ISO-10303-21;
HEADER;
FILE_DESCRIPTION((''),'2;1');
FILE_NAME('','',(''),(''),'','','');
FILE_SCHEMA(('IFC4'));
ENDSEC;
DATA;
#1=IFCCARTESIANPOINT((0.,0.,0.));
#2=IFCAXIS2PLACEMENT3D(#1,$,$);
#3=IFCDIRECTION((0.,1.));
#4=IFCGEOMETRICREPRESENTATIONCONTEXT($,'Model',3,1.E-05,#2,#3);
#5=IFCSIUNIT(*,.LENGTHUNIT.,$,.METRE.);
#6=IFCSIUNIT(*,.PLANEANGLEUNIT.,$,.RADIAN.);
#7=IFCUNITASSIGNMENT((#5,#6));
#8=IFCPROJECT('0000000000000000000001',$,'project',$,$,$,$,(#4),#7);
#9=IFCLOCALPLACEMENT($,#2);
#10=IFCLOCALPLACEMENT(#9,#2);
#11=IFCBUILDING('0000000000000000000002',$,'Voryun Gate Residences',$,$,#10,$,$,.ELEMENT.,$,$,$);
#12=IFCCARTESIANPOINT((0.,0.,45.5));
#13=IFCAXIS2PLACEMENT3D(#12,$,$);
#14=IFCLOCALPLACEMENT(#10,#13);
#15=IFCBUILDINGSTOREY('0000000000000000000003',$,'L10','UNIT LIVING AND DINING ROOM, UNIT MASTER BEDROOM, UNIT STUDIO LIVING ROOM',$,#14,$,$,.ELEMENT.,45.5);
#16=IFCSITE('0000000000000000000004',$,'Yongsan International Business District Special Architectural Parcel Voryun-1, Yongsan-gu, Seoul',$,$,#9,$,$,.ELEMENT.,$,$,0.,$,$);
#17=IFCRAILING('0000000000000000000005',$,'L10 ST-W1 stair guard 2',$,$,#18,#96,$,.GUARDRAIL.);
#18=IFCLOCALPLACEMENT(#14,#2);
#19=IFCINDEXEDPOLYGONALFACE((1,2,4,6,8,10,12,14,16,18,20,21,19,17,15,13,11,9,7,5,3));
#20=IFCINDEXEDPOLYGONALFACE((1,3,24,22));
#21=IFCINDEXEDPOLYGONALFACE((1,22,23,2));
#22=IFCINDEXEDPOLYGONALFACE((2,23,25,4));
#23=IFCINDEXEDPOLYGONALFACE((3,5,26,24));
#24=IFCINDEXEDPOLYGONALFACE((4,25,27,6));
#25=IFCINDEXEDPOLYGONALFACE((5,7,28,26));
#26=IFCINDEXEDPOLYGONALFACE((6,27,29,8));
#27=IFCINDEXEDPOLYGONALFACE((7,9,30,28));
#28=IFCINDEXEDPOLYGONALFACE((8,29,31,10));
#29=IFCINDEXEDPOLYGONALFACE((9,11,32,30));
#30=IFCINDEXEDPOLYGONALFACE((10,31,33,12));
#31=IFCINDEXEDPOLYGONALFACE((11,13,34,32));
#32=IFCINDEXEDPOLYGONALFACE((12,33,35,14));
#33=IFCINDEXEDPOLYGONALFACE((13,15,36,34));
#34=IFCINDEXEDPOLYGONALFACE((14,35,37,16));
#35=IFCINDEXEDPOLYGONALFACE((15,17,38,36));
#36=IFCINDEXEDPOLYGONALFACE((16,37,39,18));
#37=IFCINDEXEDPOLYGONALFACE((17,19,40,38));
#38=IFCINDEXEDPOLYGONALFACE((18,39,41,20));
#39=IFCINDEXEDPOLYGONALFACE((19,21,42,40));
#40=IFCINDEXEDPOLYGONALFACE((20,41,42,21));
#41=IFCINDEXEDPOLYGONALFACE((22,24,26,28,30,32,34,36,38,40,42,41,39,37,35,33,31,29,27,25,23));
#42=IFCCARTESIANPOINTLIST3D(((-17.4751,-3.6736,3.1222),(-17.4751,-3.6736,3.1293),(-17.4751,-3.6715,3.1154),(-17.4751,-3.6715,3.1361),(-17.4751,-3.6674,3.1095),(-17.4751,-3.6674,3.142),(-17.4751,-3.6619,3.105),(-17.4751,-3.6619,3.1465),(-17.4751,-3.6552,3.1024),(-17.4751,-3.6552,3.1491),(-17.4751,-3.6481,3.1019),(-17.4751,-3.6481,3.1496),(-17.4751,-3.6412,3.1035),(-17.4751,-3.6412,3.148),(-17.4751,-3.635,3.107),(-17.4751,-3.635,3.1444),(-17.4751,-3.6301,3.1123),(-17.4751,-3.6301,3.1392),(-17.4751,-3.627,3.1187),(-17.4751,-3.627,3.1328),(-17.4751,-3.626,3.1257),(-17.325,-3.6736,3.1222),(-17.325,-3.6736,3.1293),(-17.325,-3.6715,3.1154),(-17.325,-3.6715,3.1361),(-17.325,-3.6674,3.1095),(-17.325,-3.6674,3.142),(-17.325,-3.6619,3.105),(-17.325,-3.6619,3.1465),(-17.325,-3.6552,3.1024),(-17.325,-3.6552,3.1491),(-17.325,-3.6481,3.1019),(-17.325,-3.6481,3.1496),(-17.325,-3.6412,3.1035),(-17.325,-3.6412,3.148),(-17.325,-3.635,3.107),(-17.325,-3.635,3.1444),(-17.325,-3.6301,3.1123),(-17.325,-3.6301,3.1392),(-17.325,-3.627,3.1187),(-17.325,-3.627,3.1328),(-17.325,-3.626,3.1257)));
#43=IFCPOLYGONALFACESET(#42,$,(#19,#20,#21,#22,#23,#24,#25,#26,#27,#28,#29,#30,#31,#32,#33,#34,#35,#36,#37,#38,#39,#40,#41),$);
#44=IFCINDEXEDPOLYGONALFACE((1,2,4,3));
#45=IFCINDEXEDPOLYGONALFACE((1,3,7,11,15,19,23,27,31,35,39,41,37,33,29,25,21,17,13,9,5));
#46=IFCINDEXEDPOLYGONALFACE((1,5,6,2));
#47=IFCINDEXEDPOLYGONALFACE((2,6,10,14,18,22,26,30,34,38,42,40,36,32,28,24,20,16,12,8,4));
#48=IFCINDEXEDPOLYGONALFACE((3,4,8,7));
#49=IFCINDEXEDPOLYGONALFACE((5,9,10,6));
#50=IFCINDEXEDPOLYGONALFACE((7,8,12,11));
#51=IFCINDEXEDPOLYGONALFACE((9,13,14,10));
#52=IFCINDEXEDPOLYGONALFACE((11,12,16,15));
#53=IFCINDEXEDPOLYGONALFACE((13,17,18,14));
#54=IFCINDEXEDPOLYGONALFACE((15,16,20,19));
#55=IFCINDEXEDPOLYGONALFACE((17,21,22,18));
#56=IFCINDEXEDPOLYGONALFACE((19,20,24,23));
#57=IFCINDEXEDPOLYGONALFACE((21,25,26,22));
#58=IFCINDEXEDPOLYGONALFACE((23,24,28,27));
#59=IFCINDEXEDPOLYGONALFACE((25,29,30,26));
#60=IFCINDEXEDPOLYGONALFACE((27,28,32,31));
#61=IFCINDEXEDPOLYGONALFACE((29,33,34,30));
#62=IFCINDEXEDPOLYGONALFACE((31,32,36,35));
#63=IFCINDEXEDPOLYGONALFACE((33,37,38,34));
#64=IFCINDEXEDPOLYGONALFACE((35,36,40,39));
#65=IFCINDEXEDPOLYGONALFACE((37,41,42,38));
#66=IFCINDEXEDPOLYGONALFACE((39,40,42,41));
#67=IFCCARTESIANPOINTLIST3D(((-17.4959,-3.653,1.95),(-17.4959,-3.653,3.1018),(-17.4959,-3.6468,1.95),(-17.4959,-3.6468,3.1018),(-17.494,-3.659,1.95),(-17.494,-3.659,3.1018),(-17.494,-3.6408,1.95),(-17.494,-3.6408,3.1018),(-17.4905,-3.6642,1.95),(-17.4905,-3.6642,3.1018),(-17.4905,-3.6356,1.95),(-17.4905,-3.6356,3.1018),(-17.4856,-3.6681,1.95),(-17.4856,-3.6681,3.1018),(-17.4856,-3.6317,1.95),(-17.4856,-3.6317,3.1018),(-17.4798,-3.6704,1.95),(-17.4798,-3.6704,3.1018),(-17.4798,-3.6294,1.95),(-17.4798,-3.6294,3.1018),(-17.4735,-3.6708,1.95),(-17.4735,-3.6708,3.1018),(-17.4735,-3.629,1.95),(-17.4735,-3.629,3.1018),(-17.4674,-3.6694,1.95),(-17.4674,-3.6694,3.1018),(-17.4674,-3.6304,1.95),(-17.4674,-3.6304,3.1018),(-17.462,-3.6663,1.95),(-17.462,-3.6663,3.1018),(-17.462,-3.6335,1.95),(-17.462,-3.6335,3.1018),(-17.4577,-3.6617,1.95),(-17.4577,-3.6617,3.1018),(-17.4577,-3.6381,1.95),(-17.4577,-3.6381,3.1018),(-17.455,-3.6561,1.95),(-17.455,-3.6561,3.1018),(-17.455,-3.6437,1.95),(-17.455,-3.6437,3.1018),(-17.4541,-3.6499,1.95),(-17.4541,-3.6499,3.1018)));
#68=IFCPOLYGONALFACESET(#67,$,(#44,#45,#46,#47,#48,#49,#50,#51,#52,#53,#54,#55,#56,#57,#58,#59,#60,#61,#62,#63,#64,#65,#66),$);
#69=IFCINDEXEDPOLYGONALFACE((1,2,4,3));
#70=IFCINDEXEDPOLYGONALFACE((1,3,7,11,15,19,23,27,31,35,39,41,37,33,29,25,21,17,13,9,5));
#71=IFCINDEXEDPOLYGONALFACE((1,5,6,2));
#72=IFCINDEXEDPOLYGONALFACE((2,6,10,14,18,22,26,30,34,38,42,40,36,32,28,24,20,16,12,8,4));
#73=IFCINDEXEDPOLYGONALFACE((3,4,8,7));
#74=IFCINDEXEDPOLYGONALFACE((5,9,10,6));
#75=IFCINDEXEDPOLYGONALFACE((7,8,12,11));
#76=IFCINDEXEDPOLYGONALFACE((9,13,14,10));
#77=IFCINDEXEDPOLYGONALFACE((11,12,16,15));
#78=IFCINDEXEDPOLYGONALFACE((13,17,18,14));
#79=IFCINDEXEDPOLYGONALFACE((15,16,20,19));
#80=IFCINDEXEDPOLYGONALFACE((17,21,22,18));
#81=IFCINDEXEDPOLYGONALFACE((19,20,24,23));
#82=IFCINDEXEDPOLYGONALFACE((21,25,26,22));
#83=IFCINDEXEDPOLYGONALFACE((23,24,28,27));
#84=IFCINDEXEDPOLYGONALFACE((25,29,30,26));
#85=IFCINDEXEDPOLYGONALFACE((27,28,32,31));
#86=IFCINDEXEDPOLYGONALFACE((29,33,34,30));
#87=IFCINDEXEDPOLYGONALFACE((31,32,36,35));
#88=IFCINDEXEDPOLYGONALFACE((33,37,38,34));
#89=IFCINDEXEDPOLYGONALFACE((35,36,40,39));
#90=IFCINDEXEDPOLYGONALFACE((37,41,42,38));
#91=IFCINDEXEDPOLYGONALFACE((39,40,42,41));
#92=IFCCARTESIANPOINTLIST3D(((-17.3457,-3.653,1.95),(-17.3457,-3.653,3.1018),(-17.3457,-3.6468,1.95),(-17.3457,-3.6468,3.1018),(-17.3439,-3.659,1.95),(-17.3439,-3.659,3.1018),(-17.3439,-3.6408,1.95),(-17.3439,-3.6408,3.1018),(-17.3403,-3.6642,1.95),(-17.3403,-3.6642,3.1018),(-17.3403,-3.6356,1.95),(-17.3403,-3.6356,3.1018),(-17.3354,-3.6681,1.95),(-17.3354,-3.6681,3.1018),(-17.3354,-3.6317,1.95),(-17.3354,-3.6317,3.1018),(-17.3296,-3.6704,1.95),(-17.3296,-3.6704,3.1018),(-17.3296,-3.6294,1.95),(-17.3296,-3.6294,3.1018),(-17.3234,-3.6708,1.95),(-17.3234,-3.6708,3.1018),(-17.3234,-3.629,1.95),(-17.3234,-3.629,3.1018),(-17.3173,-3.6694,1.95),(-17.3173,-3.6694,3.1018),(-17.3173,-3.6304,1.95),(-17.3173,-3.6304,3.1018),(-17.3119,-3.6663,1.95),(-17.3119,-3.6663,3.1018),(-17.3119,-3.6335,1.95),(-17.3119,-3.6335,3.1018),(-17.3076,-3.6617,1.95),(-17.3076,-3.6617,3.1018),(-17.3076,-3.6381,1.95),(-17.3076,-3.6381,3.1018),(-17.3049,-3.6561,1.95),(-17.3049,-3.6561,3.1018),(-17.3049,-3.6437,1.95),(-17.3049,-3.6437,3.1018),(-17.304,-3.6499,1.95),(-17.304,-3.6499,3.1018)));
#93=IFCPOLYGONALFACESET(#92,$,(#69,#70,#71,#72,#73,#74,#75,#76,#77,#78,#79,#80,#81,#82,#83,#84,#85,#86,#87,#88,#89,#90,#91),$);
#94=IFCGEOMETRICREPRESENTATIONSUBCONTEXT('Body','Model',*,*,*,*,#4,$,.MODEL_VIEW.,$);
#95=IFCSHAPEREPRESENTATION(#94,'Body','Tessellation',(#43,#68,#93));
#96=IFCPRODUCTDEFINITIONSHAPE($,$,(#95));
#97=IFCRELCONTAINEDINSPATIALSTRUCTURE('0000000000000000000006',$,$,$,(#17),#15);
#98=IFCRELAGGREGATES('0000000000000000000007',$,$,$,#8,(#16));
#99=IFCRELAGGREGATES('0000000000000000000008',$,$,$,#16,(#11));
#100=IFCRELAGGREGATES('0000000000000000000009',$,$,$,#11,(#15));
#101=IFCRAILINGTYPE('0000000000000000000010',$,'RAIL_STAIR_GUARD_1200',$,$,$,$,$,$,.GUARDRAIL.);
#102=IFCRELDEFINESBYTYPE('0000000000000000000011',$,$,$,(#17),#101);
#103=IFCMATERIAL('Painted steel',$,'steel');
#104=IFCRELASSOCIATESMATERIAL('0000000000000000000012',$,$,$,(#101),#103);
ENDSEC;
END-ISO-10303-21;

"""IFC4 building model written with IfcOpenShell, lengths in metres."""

from ifc_helpers import new_model, si_unit, direction, frame, origin, origin_2d, place, context, subcontext, project, spatial, circle, extrude, material, type_object, element, save


model = new_model("IFC4")

# Units and contexts
model_context = context("Model", 3, precision=1e-05, world=origin(), true_north=direction((0.0, 1.0)))
body_context = subcontext(model_context, "Body", "Model", "MODEL_VIEW")
ifc_project = project(units=[si_unit("LENGTHUNIT", "METRE"), si_unit("PLANEANGLEUNIT", "RADIAN")], contexts=[model_context])

# Site, building, storey
site_placement = place(None, origin())
site = spatial("IfcSite", under=ifc_project, at=site_placement, Name="Yongsan International Business District Special Architectural Parcel Voryun-1, Yongsan-gu, Seoul", CompositionType="ELEMENT", RefElevation=0.0)
building_placement = place(site_placement, origin())
building = spatial("IfcBuilding", under=site, at=building_placement, Name="Voryun Gate Residences", CompositionType="ELEMENT")
storey_placement = place(building_placement, frame((0.0, 0.0, 45.5)))
storey = spatial("IfcBuildingStorey", under=building, at=storey_placement, Name="L10", Description="UNIT LIVING AND DINING ROOM, UNIT MASTER BEDROOM, UNIT STUDIO LIVING ROOM", CompositionType="ELEMENT", Elevation=45.5)

# Railing
ifc_material_1 = material(Name="Painted steel", Category="steel")
railing_type_1 = type_object("IfcRailingType", Name="RAIL_STAIR_GUARD_1200", PredefinedType="GUARDRAIL", material=ifc_material_1)
railing_1_placement = place(storey_placement, frame((-17.4751, -3.6499, 1.95)))
element("IfcRailing", 1, at=railing_1_placement, inside=storey, type_object=railing_type_1, Name="L10 ST-W1 stair guard 2", PredefinedType="GUARDRAIL", context=body_context, shape_type="SweptSolid", body=[
    extrude(circle(Radius=0.0239, at=origin_2d()), frame((0.0, 0.0, 1.1758), z_axis=(1.0, 0.0, 0.0), x_axis=(0.0, 1.0, 0.0)), (0.0, 0.0, 1.0), 0.1501),
    extrude(circle(Radius=0.021, at=origin_2d()), origin(), (0.0, 0.0, 1.0), 1.1519),
    extrude(circle(Radius=0.021, at=origin_2d()), frame((0.1501, 0.0, 0.0)), (0.0, 0.0, 1.0), 1.1519),
])

save(model, "model.ifc")
